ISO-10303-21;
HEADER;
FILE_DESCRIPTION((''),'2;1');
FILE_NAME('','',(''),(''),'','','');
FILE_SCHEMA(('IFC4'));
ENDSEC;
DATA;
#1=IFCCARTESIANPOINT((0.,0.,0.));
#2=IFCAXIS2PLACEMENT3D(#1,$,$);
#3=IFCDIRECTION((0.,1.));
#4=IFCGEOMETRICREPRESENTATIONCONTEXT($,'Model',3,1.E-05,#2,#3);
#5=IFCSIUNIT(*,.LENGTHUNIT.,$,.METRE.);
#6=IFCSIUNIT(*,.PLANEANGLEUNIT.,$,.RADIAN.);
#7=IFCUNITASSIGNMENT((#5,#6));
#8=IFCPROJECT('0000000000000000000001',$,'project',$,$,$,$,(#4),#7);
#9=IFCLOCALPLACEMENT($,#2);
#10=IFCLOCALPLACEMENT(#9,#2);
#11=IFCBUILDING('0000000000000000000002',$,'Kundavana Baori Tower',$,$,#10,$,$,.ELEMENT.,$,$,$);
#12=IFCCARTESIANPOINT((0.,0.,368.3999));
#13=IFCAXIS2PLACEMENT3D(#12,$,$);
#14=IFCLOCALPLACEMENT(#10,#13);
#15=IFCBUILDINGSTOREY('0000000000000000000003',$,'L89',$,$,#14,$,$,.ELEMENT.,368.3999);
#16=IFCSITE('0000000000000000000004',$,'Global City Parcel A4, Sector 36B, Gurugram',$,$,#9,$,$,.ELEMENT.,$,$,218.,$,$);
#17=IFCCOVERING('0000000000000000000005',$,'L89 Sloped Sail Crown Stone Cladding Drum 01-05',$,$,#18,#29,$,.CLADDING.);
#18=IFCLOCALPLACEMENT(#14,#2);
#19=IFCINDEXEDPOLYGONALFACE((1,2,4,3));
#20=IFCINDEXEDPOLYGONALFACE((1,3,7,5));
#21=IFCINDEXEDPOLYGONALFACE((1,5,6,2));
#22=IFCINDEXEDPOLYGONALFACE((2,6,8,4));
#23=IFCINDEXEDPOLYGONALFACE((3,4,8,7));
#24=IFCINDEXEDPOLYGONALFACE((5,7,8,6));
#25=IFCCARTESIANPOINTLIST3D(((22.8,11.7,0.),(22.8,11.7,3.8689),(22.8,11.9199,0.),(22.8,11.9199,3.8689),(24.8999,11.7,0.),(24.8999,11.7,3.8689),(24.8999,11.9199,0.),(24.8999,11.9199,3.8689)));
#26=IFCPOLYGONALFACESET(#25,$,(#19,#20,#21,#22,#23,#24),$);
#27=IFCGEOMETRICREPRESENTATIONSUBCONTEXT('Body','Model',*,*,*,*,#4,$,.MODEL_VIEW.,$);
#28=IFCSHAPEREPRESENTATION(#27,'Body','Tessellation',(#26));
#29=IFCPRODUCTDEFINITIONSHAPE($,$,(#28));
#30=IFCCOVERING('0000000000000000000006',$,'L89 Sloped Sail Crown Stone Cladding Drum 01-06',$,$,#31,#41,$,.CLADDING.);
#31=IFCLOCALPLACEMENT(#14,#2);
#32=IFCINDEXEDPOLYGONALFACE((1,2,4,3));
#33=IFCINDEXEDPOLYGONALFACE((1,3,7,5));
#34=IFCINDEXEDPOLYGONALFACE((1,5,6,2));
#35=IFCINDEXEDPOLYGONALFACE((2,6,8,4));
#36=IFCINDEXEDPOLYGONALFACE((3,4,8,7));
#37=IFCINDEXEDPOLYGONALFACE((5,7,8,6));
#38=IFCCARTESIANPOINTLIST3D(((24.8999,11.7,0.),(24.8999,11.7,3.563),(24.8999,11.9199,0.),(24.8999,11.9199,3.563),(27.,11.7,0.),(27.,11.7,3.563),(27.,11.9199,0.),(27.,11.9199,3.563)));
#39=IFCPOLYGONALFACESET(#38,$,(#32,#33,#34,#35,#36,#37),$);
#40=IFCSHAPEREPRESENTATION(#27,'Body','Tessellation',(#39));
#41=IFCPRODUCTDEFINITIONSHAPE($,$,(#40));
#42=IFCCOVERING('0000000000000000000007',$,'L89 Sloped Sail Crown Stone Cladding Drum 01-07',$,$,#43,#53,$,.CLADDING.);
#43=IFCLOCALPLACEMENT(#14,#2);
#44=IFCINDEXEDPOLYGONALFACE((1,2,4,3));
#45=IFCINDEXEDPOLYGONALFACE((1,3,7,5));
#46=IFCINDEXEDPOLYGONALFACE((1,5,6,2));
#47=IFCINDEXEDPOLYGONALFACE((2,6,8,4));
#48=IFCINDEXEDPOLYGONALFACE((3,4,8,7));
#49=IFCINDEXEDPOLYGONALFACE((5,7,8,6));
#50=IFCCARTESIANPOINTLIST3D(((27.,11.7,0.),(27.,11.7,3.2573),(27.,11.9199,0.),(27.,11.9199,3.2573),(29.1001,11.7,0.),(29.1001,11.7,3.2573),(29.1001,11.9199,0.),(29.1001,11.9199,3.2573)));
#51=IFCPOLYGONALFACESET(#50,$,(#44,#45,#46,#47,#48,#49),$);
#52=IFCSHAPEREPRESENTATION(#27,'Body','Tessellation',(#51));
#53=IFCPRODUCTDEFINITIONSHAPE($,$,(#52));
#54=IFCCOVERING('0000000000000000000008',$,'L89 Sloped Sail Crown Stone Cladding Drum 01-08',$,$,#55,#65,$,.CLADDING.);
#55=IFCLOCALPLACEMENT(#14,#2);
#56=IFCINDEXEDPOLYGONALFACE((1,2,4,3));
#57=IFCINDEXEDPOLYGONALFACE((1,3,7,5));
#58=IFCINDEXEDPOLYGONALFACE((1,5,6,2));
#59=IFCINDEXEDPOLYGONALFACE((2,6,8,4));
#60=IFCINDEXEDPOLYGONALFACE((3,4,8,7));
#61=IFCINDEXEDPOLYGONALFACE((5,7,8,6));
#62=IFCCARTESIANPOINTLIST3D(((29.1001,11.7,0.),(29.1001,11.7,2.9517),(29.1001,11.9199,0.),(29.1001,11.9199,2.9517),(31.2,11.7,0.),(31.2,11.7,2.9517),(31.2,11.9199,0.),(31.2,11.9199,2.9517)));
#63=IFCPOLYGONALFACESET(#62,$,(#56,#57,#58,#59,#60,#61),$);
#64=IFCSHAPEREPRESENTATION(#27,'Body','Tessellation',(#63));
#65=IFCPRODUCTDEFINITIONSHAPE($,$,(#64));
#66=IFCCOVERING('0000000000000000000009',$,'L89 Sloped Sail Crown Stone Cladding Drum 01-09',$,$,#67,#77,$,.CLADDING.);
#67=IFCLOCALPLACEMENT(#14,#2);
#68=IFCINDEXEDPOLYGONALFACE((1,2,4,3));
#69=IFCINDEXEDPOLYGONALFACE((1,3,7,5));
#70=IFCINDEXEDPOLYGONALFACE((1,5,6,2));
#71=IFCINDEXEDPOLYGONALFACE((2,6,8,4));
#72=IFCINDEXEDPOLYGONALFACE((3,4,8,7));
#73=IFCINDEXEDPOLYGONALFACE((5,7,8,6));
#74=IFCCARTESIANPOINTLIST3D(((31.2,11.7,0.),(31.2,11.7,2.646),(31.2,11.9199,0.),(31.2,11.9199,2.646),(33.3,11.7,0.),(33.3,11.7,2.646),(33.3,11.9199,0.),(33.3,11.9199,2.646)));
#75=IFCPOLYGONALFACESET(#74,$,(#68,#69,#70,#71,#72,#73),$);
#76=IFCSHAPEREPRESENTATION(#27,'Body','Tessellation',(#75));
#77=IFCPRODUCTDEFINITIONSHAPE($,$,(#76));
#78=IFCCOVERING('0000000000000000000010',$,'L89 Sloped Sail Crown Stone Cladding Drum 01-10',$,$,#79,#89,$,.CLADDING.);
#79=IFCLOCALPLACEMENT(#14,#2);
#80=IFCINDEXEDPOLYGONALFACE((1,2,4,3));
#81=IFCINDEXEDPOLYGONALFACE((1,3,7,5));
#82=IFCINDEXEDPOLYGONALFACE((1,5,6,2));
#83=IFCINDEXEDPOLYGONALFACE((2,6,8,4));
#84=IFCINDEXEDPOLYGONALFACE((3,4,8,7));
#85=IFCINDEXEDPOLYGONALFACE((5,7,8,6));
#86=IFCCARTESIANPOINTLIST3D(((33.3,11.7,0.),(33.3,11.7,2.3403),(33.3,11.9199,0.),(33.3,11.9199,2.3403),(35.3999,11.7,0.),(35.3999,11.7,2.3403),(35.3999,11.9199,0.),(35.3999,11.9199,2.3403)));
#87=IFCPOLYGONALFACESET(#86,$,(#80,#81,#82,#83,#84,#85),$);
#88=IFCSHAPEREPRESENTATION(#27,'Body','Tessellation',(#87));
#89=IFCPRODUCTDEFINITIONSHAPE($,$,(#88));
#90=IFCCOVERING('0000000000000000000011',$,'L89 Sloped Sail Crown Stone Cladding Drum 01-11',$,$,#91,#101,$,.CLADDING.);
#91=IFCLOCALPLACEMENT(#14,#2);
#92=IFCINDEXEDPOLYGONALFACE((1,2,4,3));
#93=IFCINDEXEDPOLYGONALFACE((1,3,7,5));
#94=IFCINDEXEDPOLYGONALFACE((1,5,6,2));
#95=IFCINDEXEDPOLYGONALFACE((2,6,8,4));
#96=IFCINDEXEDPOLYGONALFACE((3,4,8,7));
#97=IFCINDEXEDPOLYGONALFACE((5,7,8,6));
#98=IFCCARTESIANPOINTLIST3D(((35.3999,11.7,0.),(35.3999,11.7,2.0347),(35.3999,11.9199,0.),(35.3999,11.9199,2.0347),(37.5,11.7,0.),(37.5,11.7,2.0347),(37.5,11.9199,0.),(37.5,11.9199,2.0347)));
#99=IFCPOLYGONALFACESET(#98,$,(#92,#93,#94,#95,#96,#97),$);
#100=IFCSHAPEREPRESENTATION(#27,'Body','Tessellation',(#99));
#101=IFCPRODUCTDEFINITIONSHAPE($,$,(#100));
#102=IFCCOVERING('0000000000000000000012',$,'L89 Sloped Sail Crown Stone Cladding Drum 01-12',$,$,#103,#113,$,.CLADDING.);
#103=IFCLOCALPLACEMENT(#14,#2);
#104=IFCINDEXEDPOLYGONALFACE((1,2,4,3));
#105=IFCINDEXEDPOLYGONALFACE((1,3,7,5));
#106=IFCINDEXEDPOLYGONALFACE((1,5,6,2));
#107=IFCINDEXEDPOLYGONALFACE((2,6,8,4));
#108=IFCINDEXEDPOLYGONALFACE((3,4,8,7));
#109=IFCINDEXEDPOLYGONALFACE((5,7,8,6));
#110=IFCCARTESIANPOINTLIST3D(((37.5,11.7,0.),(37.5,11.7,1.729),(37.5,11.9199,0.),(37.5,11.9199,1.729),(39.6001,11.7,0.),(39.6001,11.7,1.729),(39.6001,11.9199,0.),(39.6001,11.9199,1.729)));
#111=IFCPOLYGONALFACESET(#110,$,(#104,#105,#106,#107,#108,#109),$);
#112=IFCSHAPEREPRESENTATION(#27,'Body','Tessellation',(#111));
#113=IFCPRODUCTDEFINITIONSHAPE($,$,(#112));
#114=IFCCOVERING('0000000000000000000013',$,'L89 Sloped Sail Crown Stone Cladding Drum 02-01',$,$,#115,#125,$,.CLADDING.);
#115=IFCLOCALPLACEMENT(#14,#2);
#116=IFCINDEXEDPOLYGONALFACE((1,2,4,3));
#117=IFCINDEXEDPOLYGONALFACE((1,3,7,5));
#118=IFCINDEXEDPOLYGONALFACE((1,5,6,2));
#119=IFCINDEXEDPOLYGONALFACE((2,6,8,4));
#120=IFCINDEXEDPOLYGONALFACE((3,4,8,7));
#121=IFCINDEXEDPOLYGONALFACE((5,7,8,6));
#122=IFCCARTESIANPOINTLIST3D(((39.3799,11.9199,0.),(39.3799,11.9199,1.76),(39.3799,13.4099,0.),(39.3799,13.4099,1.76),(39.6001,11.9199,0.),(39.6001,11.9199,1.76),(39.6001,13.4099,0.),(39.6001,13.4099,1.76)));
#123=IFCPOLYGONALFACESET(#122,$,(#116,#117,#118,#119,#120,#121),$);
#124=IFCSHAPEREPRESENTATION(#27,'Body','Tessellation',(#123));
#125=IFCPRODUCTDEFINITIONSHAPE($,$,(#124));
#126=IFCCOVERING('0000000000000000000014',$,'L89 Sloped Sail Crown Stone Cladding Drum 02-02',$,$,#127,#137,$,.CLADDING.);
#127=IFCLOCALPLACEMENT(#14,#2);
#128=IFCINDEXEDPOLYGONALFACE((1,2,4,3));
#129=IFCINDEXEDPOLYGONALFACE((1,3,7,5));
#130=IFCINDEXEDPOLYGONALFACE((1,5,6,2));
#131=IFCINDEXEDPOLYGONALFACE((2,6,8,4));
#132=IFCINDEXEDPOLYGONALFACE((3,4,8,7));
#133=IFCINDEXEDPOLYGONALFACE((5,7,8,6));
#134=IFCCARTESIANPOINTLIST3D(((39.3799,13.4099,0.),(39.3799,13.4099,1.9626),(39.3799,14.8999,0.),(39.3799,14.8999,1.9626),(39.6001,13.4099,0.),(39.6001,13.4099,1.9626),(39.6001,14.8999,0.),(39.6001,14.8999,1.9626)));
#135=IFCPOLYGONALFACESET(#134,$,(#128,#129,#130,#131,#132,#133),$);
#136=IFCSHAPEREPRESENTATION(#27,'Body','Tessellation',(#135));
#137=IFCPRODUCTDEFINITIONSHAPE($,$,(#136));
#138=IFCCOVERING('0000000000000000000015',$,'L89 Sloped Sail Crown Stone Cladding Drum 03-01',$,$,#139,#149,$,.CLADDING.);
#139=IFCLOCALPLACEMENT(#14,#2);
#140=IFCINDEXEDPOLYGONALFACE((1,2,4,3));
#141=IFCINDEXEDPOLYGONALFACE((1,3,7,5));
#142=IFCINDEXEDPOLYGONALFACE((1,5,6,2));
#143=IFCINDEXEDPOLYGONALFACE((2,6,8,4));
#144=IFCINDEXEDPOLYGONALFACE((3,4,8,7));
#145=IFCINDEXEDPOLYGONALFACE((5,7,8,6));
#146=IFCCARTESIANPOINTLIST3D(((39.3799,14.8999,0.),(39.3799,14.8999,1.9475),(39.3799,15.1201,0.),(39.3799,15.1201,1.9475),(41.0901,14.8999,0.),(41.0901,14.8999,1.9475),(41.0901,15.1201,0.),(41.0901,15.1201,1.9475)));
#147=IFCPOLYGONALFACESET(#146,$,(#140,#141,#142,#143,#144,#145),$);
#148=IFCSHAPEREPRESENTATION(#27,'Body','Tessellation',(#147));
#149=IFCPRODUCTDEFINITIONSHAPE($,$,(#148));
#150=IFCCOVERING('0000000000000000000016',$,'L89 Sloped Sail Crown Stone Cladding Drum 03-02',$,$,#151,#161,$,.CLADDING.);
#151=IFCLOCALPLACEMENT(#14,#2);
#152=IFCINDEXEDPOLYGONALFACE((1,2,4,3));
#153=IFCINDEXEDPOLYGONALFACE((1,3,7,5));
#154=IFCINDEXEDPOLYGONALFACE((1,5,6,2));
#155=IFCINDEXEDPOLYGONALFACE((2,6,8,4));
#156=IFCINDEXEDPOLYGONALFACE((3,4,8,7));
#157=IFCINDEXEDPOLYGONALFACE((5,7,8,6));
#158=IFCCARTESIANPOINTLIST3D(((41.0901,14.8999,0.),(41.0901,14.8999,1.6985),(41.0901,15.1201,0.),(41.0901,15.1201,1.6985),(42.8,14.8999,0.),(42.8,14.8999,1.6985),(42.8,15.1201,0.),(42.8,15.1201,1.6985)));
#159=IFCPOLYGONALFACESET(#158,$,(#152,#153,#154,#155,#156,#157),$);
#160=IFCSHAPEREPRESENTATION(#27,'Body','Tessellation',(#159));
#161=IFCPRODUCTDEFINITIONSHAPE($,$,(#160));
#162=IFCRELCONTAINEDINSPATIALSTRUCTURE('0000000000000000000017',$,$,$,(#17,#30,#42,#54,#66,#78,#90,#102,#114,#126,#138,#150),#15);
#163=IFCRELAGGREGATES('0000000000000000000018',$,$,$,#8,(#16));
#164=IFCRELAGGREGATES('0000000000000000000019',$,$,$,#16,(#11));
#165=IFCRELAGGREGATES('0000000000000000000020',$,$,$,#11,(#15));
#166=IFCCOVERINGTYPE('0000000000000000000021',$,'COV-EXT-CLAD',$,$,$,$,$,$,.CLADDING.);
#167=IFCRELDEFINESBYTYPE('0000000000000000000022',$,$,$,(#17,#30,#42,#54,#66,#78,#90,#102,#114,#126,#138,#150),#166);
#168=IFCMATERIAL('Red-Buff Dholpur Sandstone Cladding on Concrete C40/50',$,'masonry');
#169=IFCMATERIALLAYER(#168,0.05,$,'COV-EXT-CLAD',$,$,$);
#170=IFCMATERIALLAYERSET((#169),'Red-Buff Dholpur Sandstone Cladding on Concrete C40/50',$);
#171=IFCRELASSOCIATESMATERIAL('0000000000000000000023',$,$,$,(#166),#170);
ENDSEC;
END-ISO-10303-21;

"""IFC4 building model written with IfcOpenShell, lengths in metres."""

from ifc_helpers import new_model, si_unit, direction, frame, origin, place, context, subcontext, project, spatial, polyline, outline, extrude, material, layer, layer_set, type_object, element, save


model = new_model("IFC4")

# Units and contexts
model_context = context("Model", 3, precision=1e-05, world=origin(), true_north=direction((0.0, 1.0)))
body_context = subcontext(model_context, "Body", "Model", "MODEL_VIEW")
ifc_project = project(units=[si_unit("LENGTHUNIT", "METRE"), si_unit("PLANEANGLEUNIT", "RADIAN")], contexts=[model_context])

# Site, building, storey
site_placement = place(None, origin())
site = spatial("IfcSite", under=ifc_project, at=site_placement, Name="Global City Parcel A4, Sector 36B, Gurugram", CompositionType="ELEMENT", RefElevation=218.0)
building_placement = place(site_placement, origin())
building = spatial("IfcBuilding", under=site, at=building_placement, Name="Kundavana Baori Tower", CompositionType="ELEMENT")
storey_placement = place(building_placement, frame((0.0, 0.0, 368.3999)))
storey = spatial("IfcBuildingStorey", under=building, at=storey_placement, Name="L89", CompositionType="ELEMENT", Elevation=368.3999)

# Coverings
ifc_material = material(Name="Red-Buff Dholpur Sandstone Cladding on Concrete C40/50", Category="masonry")
ifc_layer = layer(ifc_material, 0.05, Name="COV-EXT-CLAD")
ifc_layer_set = layer_set([ifc_layer], Name="Red-Buff Dholpur Sandstone Cladding on Concrete C40/50")
covering_type = type_object("IfcCoveringType", Name="COV-EXT-CLAD", PredefinedType="CLADDING", material=ifc_layer_set)
covering_1_placement = place(storey_placement, origin())
element("IfcCovering", 1, at=covering_1_placement, inside=storey, type_object=covering_type, Name="L89 Sloped Sail Crown Stone Cladding Drum 01-05", PredefinedType="CLADDING", context=body_context, shape_type="SweptSolid", body=[
    extrude(outline(polyline([(22.8, 11.7), (24.8999, 11.7), (24.8999, 11.9199), (22.8, 11.9199), (22.8, 11.7)])), origin(), (0.0, 0.0, 1.0), 3.8689),
])
covering_2_placement = place(storey_placement, origin())
element("IfcCovering", 2, at=covering_2_placement, inside=storey, type_object=covering_type, Name="L89 Sloped Sail Crown Stone Cladding Drum 01-06", PredefinedType="CLADDING", context=body_context, shape_type="SweptSolid", body=[
    extrude(outline(polyline([(24.8999, 11.7), (27.0, 11.7), (27.0, 11.9199), (24.8999, 11.9199), (24.8999, 11.7)])), origin(), (0.0, 0.0, 1.0), 3.563),
])
covering_3_placement = place(storey_placement, origin())
element("IfcCovering", 3, at=covering_3_placement, inside=storey, type_object=covering_type, Name="L89 Sloped Sail Crown Stone Cladding Drum 01-07", PredefinedType="CLADDING", context=body_context, shape_type="SweptSolid", body=[
    extrude(outline(polyline([(27.0, 11.7), (29.1001, 11.7), (29.1001, 11.9199), (27.0, 11.9199), (27.0, 11.7)])), origin(), (0.0, 0.0, 1.0), 3.2573),
])
covering_4_placement = place(storey_placement, origin())
element("IfcCovering", 4, at=covering_4_placement, inside=storey, type_object=covering_type, Name="L89 Sloped Sail Crown Stone Cladding Drum 01-08", PredefinedType="CLADDING", context=body_context, shape_type="SweptSolid", body=[
    extrude(outline(polyline([(29.1001, 11.7), (31.2, 11.7), (31.2, 11.9199), (29.1001, 11.9199), (29.1001, 11.7)])), origin(), (0.0, 0.0, 1.0), 2.9517),
])
covering_5_placement = place(storey_placement, origin())
element("IfcCovering", 5, at=covering_5_placement, inside=storey, type_object=covering_type, Name="L89 Sloped Sail Crown Stone Cladding Drum 01-09", PredefinedType="CLADDING", context=body_context, shape_type="SweptSolid", body=[
    extrude(outline(polyline([(31.2, 11.7), (33.3, 11.7), (33.3, 11.9199), (31.2, 11.9199), (31.2, 11.7)])), origin(), (0.0, 0.0, 1.0), 2.646),
])
covering_6_placement = place(storey_placement, origin())
element("IfcCovering", 6, at=covering_6_placement, inside=storey, type_object=covering_type, Name="L89 Sloped Sail Crown Stone Cladding Drum 01-10", PredefinedType="CLADDING", context=body_context, shape_type="SweptSolid", body=[
    extrude(outline(polyline([(33.3, 11.7), (35.3999, 11.7), (35.3999, 11.9199), (33.3, 11.9199), (33.3, 11.7)])), origin(), (0.0, 0.0, 1.0), 2.3403),
])
covering_7_placement = place(storey_placement, origin())
element("IfcCovering", 7, at=covering_7_placement, inside=storey, type_object=covering_type, Name="L89 Sloped Sail Crown Stone Cladding Drum 01-11", PredefinedType="CLADDING", context=body_context, shape_type="SweptSolid", body=[
    extrude(outline(polyline([(35.3999, 11.7), (37.5, 11.7), (37.5, 11.9199), (35.3999, 11.9199), (35.3999, 11.7)])), origin(), (0.0, 0.0, 1.0), 2.0347),
])
covering_8_placement = place(storey_placement, origin())
element("IfcCovering", 8, at=covering_8_placement, inside=storey, type_object=covering_type, Name="L89 Sloped Sail Crown Stone Cladding Drum 01-12", PredefinedType="CLADDING", context=body_context, shape_type="SweptSolid", body=[
    extrude(outline(polyline([(37.5, 11.7), (39.6001, 11.7), (39.6001, 11.9199), (37.5, 11.9199), (37.5, 11.7)])), origin(), (0.0, 0.0, 1.0), 1.729),
])
covering_9_placement = place(storey_placement, origin())
element("IfcCovering", 9, at=covering_9_placement, inside=storey, type_object=covering_type, Name="L89 Sloped Sail Crown Stone Cladding Drum 02-01", PredefinedType="CLADDING", context=body_context, shape_type="SweptSolid", body=[
    extrude(outline(polyline([(39.3799, 11.9199), (39.6001, 11.9199), (39.6001, 13.4099), (39.3799, 13.4099), (39.3799, 11.9199)])), origin(), (0.0, 0.0, 1.0), 1.76),
])
covering_10_placement = place(storey_placement, origin())
element("IfcCovering", 10, at=covering_10_placement, inside=storey, type_object=covering_type, Name="L89 Sloped Sail Crown Stone Cladding Drum 02-02", PredefinedType="CLADDING", context=body_context, shape_type="SweptSolid", body=[
    extrude(outline(polyline([(39.3799, 13.4099), (39.6001, 13.4099), (39.6001, 14.8999), (39.3799, 14.8999), (39.3799, 13.4099)])), origin(), (0.0, 0.0, 1.0), 1.9626),
])
covering_11_placement = place(storey_placement, origin())
element("IfcCovering", 11, at=covering_11_placement, inside=storey, type_object=covering_type, Name="L89 Sloped Sail Crown Stone Cladding Drum 03-01", PredefinedType="CLADDING", context=body_context, shape_type="SweptSolid", body=[
    extrude(outline(polyline([(39.3799, 14.8999), (41.0901, 14.8999), (41.0901, 15.1201), (39.3799, 15.1201), (39.3799, 14.8999)])), origin(), (0.0, 0.0, 1.0), 1.9475),
])
covering_12_placement = place(storey_placement, origin())
element("IfcCovering", 12, at=covering_12_placement, inside=storey, type_object=covering_type, Name="L89 Sloped Sail Crown Stone Cladding Drum 03-02", PredefinedType="CLADDING", context=body_context, shape_type="SweptSolid", body=[
    extrude(outline(polyline([(41.0901, 14.8999), (42.8, 14.8999), (42.8, 15.1201), (41.0901, 15.1201), (41.0901, 14.8999)])), origin(), (0.0, 0.0, 1.0), 1.6985),
])

save(model, "model.ifc")
